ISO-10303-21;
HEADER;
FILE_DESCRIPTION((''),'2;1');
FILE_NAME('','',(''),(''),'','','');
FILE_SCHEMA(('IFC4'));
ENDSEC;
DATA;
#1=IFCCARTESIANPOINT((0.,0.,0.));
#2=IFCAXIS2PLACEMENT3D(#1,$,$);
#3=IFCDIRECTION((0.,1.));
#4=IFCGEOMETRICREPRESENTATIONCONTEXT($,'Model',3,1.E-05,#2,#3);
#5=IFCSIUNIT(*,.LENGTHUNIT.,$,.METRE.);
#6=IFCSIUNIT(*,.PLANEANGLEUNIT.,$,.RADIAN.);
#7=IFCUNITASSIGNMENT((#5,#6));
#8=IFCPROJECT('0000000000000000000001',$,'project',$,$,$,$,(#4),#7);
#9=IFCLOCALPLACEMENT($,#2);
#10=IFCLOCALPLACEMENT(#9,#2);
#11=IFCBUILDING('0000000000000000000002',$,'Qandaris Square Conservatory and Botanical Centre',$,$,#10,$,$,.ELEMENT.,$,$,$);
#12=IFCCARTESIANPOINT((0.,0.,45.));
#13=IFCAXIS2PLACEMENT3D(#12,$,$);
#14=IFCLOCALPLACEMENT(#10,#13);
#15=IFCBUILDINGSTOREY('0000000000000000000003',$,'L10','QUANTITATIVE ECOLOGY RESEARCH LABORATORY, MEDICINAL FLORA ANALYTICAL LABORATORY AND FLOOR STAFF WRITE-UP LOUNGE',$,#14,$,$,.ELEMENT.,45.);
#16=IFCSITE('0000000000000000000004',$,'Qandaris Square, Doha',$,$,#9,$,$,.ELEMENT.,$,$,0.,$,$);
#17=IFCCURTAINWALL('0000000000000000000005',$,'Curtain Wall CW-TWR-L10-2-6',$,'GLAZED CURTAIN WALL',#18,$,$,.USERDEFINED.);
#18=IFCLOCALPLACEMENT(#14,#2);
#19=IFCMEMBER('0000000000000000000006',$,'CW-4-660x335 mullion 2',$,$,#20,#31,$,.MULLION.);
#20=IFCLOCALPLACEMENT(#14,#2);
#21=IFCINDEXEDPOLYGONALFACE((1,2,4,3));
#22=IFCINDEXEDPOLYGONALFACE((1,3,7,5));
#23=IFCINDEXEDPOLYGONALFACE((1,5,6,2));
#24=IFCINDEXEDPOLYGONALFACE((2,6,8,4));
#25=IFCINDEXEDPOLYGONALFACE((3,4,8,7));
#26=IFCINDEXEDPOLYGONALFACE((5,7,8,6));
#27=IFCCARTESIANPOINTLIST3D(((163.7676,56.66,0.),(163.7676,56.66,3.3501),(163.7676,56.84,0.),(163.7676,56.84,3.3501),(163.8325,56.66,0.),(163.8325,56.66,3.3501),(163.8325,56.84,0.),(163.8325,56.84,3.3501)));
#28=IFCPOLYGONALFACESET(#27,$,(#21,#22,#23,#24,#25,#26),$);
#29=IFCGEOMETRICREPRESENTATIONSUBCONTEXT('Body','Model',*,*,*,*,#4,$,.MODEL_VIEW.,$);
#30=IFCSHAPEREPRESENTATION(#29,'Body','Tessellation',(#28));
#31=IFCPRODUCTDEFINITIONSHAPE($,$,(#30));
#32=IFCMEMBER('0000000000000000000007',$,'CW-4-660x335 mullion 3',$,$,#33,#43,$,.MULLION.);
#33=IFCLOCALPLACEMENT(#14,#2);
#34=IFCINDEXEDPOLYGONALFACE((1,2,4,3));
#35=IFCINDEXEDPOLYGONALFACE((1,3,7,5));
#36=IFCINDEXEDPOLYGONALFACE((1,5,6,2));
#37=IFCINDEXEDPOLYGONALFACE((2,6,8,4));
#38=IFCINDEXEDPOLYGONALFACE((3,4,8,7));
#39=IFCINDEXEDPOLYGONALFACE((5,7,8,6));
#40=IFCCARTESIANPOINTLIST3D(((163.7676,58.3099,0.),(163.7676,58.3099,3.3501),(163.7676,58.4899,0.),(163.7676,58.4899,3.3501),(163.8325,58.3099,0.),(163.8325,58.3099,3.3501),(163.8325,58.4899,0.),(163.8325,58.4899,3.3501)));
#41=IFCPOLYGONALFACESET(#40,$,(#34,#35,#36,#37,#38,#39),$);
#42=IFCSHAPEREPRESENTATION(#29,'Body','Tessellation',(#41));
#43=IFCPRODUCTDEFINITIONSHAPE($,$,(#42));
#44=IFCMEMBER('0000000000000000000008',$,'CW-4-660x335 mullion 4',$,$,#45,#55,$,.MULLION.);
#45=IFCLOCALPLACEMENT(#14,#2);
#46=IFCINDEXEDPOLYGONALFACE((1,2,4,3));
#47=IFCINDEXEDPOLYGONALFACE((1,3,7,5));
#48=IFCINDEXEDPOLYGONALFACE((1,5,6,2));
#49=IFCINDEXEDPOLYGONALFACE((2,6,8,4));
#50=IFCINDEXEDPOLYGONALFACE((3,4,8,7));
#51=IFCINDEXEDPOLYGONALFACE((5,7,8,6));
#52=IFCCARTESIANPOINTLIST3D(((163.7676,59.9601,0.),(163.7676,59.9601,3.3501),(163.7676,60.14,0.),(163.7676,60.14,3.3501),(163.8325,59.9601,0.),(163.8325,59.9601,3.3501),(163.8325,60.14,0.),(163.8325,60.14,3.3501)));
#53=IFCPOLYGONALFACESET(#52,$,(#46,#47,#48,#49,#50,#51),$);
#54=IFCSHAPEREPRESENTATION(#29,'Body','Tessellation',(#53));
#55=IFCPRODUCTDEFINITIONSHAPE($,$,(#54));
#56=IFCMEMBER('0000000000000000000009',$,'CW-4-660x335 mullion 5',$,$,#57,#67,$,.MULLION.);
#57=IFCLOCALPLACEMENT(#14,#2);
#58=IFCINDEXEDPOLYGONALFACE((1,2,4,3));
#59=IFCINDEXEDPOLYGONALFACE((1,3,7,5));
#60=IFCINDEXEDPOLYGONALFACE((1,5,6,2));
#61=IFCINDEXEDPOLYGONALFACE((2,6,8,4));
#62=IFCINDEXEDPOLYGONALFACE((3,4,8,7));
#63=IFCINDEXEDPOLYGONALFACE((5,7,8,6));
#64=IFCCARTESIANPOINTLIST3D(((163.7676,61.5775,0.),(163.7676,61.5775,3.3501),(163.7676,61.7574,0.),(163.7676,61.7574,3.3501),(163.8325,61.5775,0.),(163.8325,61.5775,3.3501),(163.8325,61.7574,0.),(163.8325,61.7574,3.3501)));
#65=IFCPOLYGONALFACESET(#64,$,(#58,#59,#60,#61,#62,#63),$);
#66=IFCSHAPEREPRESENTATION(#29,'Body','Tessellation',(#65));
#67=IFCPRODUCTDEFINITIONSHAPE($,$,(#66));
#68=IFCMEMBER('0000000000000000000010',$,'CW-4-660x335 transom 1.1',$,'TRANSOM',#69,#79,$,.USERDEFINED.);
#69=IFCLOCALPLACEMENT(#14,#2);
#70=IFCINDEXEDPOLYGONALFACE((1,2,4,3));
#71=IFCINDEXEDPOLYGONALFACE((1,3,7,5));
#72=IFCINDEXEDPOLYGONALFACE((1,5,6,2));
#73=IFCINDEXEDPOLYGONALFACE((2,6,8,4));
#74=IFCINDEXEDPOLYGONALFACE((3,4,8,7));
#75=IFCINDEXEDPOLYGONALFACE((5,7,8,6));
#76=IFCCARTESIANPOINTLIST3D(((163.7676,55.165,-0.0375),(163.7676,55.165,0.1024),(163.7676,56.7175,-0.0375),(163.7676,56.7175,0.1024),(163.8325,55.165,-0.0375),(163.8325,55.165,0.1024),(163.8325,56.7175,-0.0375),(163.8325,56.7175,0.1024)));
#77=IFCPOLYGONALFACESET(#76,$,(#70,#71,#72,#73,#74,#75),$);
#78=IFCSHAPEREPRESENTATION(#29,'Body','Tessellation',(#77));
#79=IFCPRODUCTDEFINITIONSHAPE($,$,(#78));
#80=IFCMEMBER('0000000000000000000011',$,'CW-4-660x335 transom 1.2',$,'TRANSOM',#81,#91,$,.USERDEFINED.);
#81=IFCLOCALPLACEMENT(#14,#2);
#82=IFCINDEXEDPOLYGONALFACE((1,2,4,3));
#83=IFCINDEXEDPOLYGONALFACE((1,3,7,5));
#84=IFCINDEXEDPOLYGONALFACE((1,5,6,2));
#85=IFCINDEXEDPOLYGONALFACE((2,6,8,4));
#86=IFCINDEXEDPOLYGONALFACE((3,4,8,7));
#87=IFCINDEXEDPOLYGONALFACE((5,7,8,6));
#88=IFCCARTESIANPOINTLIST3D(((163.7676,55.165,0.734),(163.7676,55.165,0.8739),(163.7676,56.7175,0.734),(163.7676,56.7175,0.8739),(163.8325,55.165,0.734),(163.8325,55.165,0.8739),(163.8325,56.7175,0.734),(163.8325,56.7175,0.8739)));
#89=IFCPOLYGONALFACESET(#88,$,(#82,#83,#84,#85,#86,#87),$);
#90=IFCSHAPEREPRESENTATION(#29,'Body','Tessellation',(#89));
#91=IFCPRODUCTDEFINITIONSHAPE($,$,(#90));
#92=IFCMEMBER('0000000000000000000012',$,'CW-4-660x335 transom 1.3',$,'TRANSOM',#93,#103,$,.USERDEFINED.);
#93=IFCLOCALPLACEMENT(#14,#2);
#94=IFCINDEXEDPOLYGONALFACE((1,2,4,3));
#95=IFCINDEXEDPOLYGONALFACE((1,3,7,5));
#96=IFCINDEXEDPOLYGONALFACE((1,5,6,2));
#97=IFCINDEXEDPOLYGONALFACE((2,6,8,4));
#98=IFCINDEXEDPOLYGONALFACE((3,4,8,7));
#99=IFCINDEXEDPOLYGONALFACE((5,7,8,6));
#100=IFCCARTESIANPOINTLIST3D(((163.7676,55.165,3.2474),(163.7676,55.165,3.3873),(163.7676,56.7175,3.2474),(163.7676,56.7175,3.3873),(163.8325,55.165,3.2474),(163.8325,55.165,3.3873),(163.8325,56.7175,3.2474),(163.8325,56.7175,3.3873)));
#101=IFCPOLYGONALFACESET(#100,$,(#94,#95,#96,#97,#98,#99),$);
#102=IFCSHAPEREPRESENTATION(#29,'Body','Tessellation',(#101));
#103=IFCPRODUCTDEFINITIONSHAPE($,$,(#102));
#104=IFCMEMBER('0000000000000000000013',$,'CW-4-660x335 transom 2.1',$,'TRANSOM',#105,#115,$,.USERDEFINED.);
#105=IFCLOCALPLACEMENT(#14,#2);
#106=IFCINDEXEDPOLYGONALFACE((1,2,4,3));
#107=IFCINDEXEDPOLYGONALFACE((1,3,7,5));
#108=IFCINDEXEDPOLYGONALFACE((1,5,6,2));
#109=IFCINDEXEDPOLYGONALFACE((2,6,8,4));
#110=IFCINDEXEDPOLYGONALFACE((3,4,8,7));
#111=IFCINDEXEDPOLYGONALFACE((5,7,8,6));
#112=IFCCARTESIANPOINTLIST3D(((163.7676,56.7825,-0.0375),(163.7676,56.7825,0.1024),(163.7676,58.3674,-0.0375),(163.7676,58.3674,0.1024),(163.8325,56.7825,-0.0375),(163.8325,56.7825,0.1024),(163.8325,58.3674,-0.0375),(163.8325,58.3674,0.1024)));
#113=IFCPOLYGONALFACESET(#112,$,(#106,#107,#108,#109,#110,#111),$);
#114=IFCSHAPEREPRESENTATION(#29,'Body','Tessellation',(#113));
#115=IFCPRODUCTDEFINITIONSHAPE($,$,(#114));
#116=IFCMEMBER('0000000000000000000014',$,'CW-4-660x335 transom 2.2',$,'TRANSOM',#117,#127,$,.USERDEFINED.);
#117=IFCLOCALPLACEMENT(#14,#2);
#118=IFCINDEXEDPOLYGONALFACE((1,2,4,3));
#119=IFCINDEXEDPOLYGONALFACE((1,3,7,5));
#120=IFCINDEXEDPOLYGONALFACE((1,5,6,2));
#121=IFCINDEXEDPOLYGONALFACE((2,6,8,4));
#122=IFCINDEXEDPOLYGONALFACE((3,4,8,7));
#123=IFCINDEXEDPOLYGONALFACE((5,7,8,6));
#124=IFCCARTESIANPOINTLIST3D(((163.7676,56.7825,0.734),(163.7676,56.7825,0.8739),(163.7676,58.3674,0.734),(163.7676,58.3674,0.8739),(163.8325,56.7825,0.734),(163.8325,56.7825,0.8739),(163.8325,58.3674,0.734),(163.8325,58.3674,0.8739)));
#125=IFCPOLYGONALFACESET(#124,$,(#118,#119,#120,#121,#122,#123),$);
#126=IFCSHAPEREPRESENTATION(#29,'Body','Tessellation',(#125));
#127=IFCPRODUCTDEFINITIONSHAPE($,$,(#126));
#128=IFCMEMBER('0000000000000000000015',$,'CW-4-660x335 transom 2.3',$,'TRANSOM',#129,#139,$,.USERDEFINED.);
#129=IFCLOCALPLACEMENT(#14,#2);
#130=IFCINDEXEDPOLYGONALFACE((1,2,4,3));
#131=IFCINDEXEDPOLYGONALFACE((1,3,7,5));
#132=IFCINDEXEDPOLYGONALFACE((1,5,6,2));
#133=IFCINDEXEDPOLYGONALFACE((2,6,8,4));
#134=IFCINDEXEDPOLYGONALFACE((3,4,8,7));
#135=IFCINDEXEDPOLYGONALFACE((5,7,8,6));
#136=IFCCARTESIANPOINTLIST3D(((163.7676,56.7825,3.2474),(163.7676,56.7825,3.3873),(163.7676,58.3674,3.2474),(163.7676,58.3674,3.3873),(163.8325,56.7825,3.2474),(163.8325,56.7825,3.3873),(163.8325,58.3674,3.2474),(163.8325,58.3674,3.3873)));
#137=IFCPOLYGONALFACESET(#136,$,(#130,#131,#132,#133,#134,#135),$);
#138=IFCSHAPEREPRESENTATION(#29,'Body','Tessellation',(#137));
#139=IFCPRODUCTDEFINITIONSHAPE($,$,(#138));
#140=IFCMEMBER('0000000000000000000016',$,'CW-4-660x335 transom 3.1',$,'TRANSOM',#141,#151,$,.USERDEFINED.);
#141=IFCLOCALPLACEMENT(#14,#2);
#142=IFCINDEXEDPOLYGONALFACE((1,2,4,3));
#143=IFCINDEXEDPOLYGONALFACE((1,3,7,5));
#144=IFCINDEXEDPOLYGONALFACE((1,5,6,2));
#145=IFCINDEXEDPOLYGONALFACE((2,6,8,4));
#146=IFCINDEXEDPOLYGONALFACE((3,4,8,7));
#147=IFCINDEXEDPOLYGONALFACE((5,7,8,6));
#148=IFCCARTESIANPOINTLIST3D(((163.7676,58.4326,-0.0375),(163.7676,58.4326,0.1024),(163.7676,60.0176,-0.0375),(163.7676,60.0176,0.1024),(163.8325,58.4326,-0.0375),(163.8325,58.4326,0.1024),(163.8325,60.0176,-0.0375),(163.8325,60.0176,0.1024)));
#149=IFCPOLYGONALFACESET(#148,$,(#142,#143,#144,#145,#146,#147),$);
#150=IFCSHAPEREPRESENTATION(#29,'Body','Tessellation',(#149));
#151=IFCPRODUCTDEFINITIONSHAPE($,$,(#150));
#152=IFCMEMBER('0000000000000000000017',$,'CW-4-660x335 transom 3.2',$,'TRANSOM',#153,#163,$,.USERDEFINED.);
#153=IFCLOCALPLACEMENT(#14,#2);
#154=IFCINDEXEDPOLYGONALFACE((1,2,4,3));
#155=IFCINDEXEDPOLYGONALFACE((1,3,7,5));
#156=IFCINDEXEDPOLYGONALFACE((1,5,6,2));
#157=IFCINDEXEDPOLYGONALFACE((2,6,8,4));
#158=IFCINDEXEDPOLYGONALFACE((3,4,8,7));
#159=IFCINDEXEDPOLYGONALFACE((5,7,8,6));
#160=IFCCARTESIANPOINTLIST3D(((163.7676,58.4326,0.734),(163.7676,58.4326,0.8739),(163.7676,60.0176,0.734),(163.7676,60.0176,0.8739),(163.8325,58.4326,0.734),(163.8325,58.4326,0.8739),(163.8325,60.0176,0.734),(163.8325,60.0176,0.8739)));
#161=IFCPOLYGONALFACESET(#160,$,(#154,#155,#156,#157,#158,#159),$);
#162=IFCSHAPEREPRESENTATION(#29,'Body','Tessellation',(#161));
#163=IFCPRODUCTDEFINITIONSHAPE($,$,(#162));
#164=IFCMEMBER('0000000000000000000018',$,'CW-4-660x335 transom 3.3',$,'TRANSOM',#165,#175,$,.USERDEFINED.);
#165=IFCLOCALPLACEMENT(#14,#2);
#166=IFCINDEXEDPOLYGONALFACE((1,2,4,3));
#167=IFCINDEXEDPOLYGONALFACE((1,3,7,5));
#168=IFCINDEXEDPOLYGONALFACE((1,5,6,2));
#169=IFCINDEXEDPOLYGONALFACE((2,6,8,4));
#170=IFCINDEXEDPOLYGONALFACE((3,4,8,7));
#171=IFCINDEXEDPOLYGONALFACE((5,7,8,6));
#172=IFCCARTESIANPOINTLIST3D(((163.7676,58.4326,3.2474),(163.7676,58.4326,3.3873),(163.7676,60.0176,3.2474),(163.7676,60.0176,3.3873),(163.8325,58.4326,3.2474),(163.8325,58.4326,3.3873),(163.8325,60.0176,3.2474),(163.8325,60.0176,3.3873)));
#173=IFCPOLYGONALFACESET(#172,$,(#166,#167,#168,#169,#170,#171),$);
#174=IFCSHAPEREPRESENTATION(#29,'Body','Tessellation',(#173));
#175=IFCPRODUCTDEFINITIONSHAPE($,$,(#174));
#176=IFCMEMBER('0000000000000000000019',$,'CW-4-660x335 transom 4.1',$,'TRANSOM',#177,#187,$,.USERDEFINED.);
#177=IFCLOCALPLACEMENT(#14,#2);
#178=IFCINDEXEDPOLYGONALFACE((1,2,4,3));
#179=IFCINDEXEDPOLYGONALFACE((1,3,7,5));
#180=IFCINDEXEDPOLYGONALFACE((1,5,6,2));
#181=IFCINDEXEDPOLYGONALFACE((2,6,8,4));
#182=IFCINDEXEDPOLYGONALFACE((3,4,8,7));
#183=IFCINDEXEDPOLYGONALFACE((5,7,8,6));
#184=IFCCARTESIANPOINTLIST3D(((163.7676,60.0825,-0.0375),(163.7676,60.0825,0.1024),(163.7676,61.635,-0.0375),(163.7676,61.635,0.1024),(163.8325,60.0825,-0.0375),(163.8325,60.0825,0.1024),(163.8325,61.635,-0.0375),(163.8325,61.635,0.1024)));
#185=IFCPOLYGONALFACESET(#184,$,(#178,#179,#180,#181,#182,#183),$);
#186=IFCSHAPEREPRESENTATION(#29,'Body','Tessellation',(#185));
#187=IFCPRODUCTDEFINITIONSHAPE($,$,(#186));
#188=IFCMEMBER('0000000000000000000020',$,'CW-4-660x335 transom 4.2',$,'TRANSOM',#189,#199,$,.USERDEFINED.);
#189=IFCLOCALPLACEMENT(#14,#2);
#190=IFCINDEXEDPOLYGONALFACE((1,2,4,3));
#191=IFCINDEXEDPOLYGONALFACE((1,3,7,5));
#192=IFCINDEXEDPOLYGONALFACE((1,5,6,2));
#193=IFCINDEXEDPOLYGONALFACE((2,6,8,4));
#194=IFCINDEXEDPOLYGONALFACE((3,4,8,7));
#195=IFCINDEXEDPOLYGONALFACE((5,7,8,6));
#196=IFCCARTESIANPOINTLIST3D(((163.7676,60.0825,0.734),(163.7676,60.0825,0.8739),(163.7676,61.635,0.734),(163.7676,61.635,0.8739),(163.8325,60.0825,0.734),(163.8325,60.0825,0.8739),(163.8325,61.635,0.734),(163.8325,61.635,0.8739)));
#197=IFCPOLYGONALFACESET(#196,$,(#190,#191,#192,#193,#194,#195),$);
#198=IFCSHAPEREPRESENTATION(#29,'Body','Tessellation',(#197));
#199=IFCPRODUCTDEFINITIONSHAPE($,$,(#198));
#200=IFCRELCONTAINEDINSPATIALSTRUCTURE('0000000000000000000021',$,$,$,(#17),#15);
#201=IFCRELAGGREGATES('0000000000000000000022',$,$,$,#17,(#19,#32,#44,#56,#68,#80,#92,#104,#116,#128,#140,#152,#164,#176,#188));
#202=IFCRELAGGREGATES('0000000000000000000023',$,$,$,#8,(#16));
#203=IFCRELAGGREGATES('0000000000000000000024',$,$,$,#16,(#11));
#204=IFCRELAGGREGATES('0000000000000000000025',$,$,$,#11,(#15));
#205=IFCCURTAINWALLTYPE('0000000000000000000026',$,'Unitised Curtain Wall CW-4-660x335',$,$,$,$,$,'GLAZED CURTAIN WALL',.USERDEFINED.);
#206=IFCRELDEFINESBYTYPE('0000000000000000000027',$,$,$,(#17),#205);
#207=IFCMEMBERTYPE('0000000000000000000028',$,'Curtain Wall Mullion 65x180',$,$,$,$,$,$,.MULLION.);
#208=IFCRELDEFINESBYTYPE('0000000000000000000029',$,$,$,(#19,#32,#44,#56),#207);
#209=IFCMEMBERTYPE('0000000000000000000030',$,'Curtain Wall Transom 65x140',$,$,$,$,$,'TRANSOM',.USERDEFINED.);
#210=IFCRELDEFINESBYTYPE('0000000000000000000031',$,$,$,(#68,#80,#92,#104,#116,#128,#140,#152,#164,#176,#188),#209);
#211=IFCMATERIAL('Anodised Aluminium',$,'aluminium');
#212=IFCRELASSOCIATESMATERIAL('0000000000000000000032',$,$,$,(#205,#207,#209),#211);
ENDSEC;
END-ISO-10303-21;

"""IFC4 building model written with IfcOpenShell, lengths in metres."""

from ifc_helpers import new_model, si_unit, direction, frame, origin, origin_2d, place, context, subcontext, project, spatial, rectangle, extrude, material, material_profile, profile_set, type_object, element, aggregate, save


model = new_model("IFC4")

# Units and contexts
model_context = context("Model", 3, precision=1e-05, world=origin(), true_north=direction((0.0, 1.0)))
body_context = subcontext(model_context, "Body", "Model", "MODEL_VIEW")
ifc_project = project(units=[si_unit("LENGTHUNIT", "METRE"), si_unit("PLANEANGLEUNIT", "RADIAN")], contexts=[model_context])

# Site, building, storey
site_placement = place(None, origin())
site = spatial("IfcSite", under=ifc_project, at=site_placement, Name="Qandaris Square, Doha", CompositionType="ELEMENT", RefElevation=0.0)
building_placement = place(site_placement, origin())
building = spatial("IfcBuilding", under=site, at=building_placement, Name="Qandaris Square Conservatory and Botanical Centre", CompositionType="ELEMENT")
storey_placement = place(building_placement, frame((0.0, 0.0, 45.0)))
storey = spatial("IfcBuildingStorey", under=building, at=storey_placement, Name="L10", Description="QUANTITATIVE ECOLOGY RESEARCH LABORATORY, MEDICINAL FLORA ANALYTICAL LABORATORY AND FLOOR STAFF WRITE-UP LOUNGE", CompositionType="ELEMENT", Elevation=45.0)

# Curtain wall, members
ifc_material_1 = material(Name="Anodised Aluminium", Category="aluminium")
curtain_wall_type = type_object("IfcCurtainWallType", Name="Unitised Curtain Wall CW-4-660x335", ElementType="GLAZED CURTAIN WALL", PredefinedType="USERDEFINED", material=ifc_material_1)
curtain_wall_placement = place(storey_placement, origin())
curtain_wall = element("IfcCurtainWall", 1, at=curtain_wall_placement, inside=storey, type_object=curtain_wall_type, Name="Curtain Wall CW-TWR-L10-2-6", ObjectType="GLAZED CURTAIN WALL", PredefinedType="USERDEFINED")
ifc_material_profile_1 = material_profile(ifc_material_1, rectangle(XDim=0.0649, YDim=0.1799, at=origin_2d()), Name="ALU-MUL 65x180")
ifc_profile_set_1 = profile_set([ifc_material_profile_1], Name="Anodised Aluminium")
member_type_1 = type_object("IfcMemberType", Name="Curtain Wall Mullion 65x180", PredefinedType="MULLION", material=ifc_profile_set_1)
member_1_placement = place(storey_placement, frame((163.8, 56.75, 0.0), z_axis=(0.0, 0.0, 1.0), x_axis=(-1.0, 0.0, 0.0)))
member_1 = element("IfcMember", 2, at=member_1_placement, type_object=member_type_1, Name="CW-4-660x335 mullion 2", PredefinedType="MULLION", context=body_context, shape_type="SweptSolid", body=[
    extrude(rectangle(XDim=0.0649, YDim=0.1799, at=origin_2d()), origin(), (0.0, 0.0, 1.0), 3.3501),
])
member_2_placement = place(storey_placement, frame((163.8, 58.3999, 0.0), z_axis=(0.0, 0.0, 1.0), x_axis=(-1.0, 0.0, 0.0)))
member_2 = element("IfcMember", 3, at=member_2_placement, type_object=member_type_1, Name="CW-4-660x335 mullion 3", PredefinedType="MULLION", context=body_context, shape_type="SweptSolid", body=[
    extrude(rectangle(XDim=0.0649, YDim=0.1799, at=origin_2d()), origin(), (0.0, 0.0, 1.0), 3.3501),
])
member_3_placement = place(storey_placement, frame((163.8, 60.05, 0.0), z_axis=(0.0, 0.0, 1.0), x_axis=(-1.0, 0.0, 0.0)))
member_3 = element("IfcMember", 4, at=member_3_placement, type_object=member_type_1, Name="CW-4-660x335 mullion 4", PredefinedType="MULLION", context=body_context, shape_type="SweptSolid", body=[
    extrude(rectangle(XDim=0.0649, YDim=0.1799, at=origin_2d()), origin(), (0.0, 0.0, 1.0), 3.3501),
])
member_4_placement = place(storey_placement, frame((163.8, 61.6675, 0.0), z_axis=(0.0, 0.0, 1.0), x_axis=(-1.0, 0.0, 0.0)))
member_4 = element("IfcMember", 5, at=member_4_placement, type_object=member_type_1, Name="CW-4-660x335 mullion 5", PredefinedType="MULLION", context=body_context, shape_type="SweptSolid", body=[
    extrude(rectangle(XDim=0.0649, YDim=0.1799, at=origin_2d()), origin(), (0.0, 0.0, 1.0), 3.3501),
])
ifc_material_profile_2 = material_profile(ifc_material_1, rectangle(XDim=0.0649, YDim=0.1399, at=origin_2d()), Name="ALU-TRN 65x140")
ifc_profile_set_2 = profile_set([ifc_material_profile_2], Name="Anodised Aluminium")
member_type_2 = type_object("IfcMemberType", Name="Curtain Wall Transom 65x140", ElementType="TRANSOM", PredefinedType="USERDEFINED", material=ifc_profile_set_2)
member_5_placement = place(storey_placement, frame((163.8, 55.165, 0.0325), z_axis=(0.0, 1.0, 0.0), x_axis=(-1.0, 0.0, 0.0)))
member_5 = element("IfcMember", 6, at=member_5_placement, type_object=member_type_2, Name="CW-4-660x335 transom 1.1", ObjectType="TRANSOM", PredefinedType="USERDEFINED", context=body_context, shape_type="SweptSolid", body=[
    extrude(rectangle(XDim=0.0649, YDim=0.1399, at=origin_2d()), origin(), (0.0, 0.0, 1.0), 1.5525),
])
member_6_placement = place(storey_placement, frame((163.8, 55.165, 0.804), z_axis=(0.0, 1.0, 0.0), x_axis=(-1.0, 0.0, 0.0)))
member_6 = element("IfcMember", 7, at=member_6_placement, type_object=member_type_2, Name="CW-4-660x335 transom 1.2", ObjectType="TRANSOM", PredefinedType="USERDEFINED", context=body_context, shape_type="SweptSolid", body=[
    extrude(rectangle(XDim=0.0649, YDim=0.1399, at=origin_2d()), origin(), (0.0, 0.0, 1.0), 1.5525),
])
member_7_placement = place(storey_placement, frame((163.8, 55.165, 3.3174), z_axis=(0.0, 1.0, 0.0), x_axis=(-1.0, 0.0, 0.0)))
member_7 = element("IfcMember", 8, at=member_7_placement, type_object=member_type_2, Name="CW-4-660x335 transom 1.3", ObjectType="TRANSOM", PredefinedType="USERDEFINED", context=body_context, shape_type="SweptSolid", body=[
    extrude(rectangle(XDim=0.0649, YDim=0.1399, at=origin_2d()), origin(), (0.0, 0.0, 1.0), 1.5525),
])
member_8_placement = place(storey_placement, frame((163.8, 56.7825, 0.0325), z_axis=(0.0, 1.0, 0.0), x_axis=(-1.0, 0.0, 0.0)))
member_8 = element("IfcMember", 9, at=member_8_placement, type_object=member_type_2, Name="CW-4-660x335 transom 2.1", ObjectType="TRANSOM", PredefinedType="USERDEFINED", context=body_context, shape_type="SweptSolid", body=[
    extrude(rectangle(XDim=0.0649, YDim=0.1399, at=origin_2d()), origin(), (0.0, 0.0, 1.0), 1.585),
])
member_9_placement = place(storey_placement, frame((163.8, 56.7825, 0.804), z_axis=(0.0, 1.0, 0.0), x_axis=(-1.0, 0.0, 0.0)))
member_9 = element("IfcMember", 10, at=member_9_placement, type_object=member_type_2, Name="CW-4-660x335 transom 2.2", ObjectType="TRANSOM", PredefinedType="USERDEFINED", context=body_context, shape_type="SweptSolid", body=[
    extrude(rectangle(XDim=0.0649, YDim=0.1399, at=origin_2d()), origin(), (0.0, 0.0, 1.0), 1.585),
])
member_10_placement = place(storey_placement, frame((163.8, 56.7825, 3.3174), z_axis=(0.0, 1.0, 0.0), x_axis=(-1.0, 0.0, 0.0)))
member_10 = element("IfcMember", 11, at=member_10_placement, type_object=member_type_2, Name="CW-4-660x335 transom 2.3", ObjectType="TRANSOM", PredefinedType="USERDEFINED", context=body_context, shape_type="SweptSolid", body=[
    extrude(rectangle(XDim=0.0649, YDim=0.1399, at=origin_2d()), origin(), (0.0, 0.0, 1.0), 1.585),
])
member_11_placement = place(storey_placement, frame((163.8, 58.4326, 0.0325), z_axis=(0.0, 1.0, 0.0), x_axis=(-1.0, 0.0, 0.0)))
member_11 = element("IfcMember", 12, at=member_11_placement, type_object=member_type_2, Name="CW-4-660x335 transom 3.1", ObjectType="TRANSOM", PredefinedType="USERDEFINED", context=body_context, shape_type="SweptSolid", body=[
    extrude(rectangle(XDim=0.0649, YDim=0.1399, at=origin_2d()), origin(), (0.0, 0.0, 1.0), 1.585),
])
member_12_placement = place(storey_placement, frame((163.8, 58.4326, 0.804), z_axis=(0.0, 1.0, 0.0), x_axis=(-1.0, 0.0, 0.0)))
member_12 = element("IfcMember", 13, at=member_12_placement, type_object=member_type_2, Name="CW-4-660x335 transom 3.2", ObjectType="TRANSOM", PredefinedType="USERDEFINED", context=body_context, shape_type="SweptSolid", body=[
    extrude(rectangle(XDim=0.0649, YDim=0.1399, at=origin_2d()), origin(), (0.0, 0.0, 1.0), 1.585),
])
member_13_placement = place(storey_placement, frame((163.8, 58.4326, 3.3174), z_axis=(0.0, 1.0, 0.0), x_axis=(-1.0, 0.0, 0.0)))
member_13 = element("IfcMember", 14, at=member_13_placement, type_object=member_type_2, Name="CW-4-660x335 transom 3.3", ObjectType="TRANSOM", PredefinedType="USERDEFINED", context=body_context, shape_type="SweptSolid", body=[
    extrude(rectangle(XDim=0.0649, YDim=0.1399, at=origin_2d()), origin(), (0.0, 0.0, 1.0), 1.585),
])
member_14_placement = place(storey_placement, frame((163.8, 60.0825, 0.0325), z_axis=(0.0, 1.0, 0.0), x_axis=(-1.0, 0.0, 0.0)))
member_14 = element("IfcMember", 15, at=member_14_placement, type_object=member_type_2, Name="CW-4-660x335 transom 4.1", ObjectType="TRANSOM", PredefinedType="USERDEFINED", context=body_context, shape_type="SweptSolid", body=[
    extrude(rectangle(XDim=0.0649, YDim=0.1399, at=origin_2d()), origin(), (0.0, 0.0, 1.0), 1.5525),
])
member_15_placement = place(storey_placement, frame((163.8, 60.0825, 0.804), z_axis=(0.0, 1.0, 0.0), x_axis=(-1.0, 0.0, 0.0)))
member_15 = element("IfcMember", 16, at=member_15_placement, type_object=member_type_2, Name="CW-4-660x335 transom 4.2", ObjectType="TRANSOM", PredefinedType="USERDEFINED", context=body_context, shape_type="SweptSolid", body=[
    extrude(rectangle(XDim=0.0649, YDim=0.1399, at=origin_2d()), origin(), (0.0, 0.0, 1.0), 1.5525),
])
aggregate(curtain_wall, [member_1, member_2, member_3, member_4, member_5, member_6, member_7, member_8, member_9, member_10, member_11, member_12, member_13, member_14, member_15])

save(model, "model.ifc")
